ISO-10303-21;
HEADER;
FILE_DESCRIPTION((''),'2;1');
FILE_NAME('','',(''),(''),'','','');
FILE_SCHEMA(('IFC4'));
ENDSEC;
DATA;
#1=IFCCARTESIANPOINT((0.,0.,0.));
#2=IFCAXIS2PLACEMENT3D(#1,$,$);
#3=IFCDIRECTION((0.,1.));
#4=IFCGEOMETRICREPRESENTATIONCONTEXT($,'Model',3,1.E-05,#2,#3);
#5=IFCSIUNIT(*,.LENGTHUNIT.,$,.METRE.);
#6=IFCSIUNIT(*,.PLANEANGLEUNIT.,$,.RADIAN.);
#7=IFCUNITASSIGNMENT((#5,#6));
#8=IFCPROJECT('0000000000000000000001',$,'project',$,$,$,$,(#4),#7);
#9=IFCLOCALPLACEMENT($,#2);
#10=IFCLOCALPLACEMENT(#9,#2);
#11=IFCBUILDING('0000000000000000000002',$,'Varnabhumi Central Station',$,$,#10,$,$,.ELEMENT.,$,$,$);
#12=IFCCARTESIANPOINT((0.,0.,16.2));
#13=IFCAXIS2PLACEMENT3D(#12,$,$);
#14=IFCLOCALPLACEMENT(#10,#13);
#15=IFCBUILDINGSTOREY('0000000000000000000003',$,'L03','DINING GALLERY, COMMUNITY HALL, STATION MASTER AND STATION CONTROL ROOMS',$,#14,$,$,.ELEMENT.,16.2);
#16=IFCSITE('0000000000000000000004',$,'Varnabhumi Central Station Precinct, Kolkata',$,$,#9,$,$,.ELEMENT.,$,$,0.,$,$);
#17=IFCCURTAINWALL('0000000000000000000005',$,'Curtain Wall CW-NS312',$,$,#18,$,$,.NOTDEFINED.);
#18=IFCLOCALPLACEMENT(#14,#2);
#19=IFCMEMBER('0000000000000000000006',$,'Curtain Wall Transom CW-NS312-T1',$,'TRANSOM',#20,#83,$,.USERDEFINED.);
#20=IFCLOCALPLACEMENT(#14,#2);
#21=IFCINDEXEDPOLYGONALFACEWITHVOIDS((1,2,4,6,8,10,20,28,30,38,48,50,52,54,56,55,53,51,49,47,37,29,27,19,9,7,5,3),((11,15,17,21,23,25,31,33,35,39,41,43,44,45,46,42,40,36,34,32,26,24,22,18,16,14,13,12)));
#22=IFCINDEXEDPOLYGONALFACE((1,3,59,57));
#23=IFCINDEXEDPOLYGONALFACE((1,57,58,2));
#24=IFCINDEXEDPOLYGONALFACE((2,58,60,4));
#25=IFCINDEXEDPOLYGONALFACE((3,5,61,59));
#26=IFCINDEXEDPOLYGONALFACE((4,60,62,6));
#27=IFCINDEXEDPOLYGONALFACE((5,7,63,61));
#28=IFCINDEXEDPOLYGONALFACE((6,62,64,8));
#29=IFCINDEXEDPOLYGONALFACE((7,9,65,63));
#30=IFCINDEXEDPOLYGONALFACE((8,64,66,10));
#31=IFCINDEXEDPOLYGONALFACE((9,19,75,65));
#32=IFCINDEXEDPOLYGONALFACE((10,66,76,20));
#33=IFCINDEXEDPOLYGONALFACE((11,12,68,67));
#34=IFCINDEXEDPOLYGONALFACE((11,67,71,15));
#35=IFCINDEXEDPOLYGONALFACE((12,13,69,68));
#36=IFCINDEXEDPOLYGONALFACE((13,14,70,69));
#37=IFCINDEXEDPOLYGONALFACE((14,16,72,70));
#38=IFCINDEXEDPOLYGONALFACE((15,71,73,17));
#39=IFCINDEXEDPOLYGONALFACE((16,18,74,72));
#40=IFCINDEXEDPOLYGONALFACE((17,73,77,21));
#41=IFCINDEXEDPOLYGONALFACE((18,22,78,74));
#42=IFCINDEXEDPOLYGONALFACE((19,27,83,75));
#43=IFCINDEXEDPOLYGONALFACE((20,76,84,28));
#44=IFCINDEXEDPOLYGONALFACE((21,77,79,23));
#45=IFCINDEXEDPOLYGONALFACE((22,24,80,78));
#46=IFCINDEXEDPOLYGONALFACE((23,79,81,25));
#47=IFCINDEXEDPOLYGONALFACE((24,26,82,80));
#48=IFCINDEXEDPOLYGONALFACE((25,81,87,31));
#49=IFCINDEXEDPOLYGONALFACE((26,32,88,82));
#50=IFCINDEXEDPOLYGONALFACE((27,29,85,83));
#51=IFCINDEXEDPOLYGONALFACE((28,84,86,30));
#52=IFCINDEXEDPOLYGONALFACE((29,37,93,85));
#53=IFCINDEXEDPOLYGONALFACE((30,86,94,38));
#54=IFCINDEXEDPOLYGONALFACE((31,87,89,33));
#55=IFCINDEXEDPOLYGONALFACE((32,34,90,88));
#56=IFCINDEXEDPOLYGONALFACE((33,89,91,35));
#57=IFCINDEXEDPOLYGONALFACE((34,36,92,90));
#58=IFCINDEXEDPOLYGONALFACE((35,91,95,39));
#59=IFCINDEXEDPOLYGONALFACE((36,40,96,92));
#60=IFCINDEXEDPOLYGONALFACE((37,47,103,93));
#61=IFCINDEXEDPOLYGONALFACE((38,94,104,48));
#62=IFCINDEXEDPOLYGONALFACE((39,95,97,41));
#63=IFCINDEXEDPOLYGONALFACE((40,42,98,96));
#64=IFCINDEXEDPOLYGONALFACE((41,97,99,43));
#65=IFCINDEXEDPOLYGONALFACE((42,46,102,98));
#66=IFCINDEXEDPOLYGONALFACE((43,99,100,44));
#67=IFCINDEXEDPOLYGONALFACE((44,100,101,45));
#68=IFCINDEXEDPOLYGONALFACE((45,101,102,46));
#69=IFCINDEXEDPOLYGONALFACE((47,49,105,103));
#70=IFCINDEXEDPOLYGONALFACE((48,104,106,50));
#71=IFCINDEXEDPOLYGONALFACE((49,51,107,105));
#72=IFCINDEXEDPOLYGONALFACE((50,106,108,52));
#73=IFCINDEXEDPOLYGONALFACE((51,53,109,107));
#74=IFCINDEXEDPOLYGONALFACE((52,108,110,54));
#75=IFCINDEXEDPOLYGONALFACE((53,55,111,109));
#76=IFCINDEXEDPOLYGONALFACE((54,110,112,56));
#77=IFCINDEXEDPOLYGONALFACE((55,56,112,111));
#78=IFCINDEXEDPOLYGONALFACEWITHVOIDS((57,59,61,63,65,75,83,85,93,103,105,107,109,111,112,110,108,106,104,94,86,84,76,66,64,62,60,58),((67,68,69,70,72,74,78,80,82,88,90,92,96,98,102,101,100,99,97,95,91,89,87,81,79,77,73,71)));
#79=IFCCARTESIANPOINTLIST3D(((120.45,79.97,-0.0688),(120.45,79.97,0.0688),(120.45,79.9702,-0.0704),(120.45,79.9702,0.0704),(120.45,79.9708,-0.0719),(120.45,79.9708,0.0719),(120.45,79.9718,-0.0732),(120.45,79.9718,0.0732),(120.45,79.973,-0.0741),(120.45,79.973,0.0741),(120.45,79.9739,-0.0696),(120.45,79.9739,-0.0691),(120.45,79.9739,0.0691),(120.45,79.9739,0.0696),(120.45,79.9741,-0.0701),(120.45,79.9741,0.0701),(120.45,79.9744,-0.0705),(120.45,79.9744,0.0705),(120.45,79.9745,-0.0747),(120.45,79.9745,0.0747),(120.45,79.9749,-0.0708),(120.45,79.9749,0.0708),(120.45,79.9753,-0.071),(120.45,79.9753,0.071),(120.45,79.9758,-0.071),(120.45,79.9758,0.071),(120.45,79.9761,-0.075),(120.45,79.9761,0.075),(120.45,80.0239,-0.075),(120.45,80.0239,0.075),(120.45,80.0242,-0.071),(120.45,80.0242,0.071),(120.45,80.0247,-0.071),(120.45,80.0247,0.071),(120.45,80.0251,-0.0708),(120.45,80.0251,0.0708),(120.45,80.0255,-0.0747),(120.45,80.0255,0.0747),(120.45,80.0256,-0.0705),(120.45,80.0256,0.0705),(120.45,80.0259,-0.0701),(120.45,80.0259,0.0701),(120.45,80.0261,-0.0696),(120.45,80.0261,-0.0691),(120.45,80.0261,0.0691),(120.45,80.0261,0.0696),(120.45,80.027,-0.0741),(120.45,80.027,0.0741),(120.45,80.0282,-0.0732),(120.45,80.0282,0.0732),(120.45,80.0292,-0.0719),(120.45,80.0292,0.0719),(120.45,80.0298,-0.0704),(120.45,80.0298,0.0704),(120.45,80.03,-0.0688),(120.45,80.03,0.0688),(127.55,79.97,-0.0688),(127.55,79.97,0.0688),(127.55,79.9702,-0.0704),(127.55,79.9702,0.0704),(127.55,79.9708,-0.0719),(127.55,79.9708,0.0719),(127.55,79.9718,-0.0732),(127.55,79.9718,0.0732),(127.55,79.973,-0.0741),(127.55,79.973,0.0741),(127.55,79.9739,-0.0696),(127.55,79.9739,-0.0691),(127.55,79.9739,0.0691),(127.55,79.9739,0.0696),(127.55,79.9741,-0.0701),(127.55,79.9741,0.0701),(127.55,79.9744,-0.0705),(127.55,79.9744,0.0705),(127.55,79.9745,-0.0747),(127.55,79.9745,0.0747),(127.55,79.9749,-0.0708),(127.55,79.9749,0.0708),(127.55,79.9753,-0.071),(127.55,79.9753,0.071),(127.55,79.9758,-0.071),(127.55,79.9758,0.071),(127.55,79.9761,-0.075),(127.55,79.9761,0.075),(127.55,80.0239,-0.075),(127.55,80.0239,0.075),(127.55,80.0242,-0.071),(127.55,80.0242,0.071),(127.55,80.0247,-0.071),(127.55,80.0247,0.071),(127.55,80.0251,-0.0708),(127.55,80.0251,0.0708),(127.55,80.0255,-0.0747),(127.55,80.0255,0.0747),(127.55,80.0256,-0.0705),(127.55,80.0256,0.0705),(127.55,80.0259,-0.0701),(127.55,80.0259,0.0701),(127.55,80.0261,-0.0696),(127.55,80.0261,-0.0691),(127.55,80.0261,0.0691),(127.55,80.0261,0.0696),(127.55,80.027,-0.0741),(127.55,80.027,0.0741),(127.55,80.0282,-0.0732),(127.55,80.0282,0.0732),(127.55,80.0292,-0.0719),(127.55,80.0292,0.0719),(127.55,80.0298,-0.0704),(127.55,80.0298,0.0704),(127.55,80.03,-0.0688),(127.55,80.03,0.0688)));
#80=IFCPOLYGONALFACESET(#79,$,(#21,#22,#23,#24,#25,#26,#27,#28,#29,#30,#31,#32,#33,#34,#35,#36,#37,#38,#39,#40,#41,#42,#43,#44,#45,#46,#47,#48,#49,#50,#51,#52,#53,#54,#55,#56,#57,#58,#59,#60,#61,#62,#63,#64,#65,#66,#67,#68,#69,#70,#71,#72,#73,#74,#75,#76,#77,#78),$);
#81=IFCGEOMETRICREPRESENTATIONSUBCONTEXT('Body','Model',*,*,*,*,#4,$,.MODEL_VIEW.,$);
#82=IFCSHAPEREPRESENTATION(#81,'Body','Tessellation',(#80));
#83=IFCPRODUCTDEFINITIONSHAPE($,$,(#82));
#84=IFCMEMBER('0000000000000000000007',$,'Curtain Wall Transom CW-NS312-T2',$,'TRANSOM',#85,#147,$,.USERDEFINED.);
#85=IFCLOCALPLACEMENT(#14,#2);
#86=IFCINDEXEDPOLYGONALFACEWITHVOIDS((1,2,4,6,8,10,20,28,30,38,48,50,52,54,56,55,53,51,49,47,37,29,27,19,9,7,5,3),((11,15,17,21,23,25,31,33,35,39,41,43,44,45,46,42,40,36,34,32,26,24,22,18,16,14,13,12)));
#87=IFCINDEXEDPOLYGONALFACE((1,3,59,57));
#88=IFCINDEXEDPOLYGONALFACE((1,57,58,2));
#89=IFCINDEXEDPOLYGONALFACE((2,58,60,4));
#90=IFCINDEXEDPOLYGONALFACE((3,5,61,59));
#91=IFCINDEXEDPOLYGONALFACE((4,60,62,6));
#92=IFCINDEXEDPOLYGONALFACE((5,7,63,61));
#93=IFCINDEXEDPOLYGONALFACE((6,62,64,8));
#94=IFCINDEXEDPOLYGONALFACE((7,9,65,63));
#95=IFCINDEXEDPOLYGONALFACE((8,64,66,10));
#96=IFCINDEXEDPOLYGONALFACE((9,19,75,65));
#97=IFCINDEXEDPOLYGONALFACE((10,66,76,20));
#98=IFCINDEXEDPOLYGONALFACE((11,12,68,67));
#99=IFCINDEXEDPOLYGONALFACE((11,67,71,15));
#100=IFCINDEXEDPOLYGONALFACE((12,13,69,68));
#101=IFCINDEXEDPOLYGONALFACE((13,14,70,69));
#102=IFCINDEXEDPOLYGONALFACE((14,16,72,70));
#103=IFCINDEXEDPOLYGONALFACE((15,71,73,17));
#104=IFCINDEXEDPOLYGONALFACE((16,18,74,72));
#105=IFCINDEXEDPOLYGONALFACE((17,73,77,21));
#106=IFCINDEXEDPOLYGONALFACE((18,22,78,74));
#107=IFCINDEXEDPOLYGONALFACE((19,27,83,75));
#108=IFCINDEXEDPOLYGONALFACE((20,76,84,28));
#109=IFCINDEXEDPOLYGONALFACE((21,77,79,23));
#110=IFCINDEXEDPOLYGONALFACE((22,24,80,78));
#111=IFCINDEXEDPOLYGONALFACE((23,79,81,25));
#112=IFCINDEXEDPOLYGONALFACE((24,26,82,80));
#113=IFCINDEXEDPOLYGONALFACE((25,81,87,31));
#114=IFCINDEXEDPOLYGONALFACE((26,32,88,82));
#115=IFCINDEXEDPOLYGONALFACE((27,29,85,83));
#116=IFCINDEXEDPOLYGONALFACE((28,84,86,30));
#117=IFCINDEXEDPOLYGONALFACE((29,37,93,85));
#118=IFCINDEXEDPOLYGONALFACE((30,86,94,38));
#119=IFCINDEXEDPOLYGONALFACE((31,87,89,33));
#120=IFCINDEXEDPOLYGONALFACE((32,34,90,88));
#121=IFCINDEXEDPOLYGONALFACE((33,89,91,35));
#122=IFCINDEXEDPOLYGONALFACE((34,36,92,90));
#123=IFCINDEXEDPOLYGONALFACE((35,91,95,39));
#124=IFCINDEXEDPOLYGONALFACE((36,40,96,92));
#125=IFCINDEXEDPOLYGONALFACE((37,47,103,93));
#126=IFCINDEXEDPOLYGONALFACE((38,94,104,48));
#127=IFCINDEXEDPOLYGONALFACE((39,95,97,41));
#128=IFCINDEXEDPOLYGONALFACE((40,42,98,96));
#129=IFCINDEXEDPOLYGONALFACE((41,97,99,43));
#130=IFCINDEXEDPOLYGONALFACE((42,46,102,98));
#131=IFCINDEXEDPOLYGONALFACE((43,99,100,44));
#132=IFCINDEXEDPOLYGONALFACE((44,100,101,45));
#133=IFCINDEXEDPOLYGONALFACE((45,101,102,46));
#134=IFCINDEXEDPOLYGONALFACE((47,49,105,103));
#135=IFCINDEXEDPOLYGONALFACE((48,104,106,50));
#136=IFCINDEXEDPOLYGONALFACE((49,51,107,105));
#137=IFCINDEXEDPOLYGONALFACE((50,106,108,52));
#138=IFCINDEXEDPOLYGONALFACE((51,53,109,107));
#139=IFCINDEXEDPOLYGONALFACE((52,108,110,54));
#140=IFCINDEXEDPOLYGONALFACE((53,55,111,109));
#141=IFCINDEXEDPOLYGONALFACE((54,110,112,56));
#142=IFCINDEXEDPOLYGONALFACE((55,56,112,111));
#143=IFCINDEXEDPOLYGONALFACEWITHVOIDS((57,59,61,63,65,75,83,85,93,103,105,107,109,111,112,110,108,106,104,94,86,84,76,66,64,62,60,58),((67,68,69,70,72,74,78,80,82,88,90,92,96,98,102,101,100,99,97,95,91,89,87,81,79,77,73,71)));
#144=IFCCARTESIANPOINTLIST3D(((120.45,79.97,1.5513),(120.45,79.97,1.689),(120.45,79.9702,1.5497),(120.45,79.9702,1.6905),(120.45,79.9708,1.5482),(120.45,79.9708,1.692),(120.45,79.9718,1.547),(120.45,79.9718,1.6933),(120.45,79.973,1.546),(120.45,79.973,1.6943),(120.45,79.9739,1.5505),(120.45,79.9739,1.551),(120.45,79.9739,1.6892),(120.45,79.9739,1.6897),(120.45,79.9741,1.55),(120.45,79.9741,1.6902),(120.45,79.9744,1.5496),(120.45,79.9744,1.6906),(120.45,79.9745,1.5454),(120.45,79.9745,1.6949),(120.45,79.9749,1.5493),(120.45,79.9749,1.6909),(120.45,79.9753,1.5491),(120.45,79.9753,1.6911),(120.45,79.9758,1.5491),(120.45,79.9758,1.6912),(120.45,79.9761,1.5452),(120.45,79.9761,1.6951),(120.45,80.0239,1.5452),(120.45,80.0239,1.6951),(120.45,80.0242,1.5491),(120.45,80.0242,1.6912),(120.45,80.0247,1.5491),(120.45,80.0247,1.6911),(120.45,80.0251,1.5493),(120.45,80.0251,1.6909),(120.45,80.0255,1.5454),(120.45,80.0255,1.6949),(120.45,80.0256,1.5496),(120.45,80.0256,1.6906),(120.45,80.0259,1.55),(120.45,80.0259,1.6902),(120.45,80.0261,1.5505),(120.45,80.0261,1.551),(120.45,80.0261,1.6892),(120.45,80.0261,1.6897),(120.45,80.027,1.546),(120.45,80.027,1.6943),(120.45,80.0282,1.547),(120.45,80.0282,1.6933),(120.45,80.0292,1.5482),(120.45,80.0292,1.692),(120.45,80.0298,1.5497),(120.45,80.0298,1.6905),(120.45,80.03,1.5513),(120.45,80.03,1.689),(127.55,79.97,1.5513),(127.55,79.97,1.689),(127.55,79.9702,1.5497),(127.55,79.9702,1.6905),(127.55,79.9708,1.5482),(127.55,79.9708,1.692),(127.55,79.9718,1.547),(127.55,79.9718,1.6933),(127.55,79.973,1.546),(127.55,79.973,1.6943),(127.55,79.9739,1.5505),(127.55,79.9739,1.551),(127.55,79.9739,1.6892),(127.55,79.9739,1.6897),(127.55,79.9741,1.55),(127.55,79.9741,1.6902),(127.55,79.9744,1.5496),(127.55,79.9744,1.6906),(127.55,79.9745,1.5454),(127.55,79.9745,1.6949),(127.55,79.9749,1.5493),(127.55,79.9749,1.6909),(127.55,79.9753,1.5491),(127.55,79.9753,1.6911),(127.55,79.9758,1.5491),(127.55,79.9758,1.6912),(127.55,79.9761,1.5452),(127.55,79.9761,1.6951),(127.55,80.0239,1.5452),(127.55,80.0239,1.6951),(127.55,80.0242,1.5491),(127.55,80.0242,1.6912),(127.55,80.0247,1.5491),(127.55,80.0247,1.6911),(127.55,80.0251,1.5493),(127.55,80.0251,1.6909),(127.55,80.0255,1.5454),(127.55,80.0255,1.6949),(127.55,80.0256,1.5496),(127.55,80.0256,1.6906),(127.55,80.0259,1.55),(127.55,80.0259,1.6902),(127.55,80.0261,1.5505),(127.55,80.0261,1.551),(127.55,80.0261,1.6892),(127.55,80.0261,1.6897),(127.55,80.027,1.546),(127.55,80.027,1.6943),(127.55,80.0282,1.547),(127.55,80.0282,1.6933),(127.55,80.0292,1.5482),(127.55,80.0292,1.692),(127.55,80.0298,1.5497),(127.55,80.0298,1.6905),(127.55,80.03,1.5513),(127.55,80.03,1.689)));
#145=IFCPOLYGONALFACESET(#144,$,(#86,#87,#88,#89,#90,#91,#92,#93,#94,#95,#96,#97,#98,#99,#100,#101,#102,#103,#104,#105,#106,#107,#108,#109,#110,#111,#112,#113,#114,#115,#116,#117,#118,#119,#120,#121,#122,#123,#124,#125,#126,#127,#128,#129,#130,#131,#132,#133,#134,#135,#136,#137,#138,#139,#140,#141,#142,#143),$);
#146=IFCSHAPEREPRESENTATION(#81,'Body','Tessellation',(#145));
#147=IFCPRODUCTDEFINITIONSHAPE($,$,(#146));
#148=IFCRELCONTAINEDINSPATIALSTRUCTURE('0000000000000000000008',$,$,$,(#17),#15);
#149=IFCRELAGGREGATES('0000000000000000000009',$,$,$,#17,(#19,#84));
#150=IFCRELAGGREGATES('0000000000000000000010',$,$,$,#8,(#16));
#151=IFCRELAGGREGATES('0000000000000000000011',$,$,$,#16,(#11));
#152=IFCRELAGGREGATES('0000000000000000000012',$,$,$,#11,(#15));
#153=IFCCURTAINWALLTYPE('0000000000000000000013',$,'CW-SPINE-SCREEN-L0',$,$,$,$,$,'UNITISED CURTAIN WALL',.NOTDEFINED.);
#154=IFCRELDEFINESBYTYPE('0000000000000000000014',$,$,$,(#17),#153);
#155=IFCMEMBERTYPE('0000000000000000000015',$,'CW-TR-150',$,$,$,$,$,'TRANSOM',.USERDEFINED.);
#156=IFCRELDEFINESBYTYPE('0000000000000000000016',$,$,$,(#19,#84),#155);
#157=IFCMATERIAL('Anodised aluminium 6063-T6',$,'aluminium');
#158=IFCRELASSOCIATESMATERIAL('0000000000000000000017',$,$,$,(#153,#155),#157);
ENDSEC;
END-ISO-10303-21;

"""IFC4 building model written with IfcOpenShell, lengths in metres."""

from ifc_helpers import new_model, si_unit, direction, frame, origin, origin_2d, place, context, subcontext, project, spatial, hollow_rectangle, extrude, material, material_profile, profile_set, type_object, element, aggregate, save


model = new_model("IFC4")

# Units and contexts
model_context = context("Model", 3, precision=1e-05, world=origin(), true_north=direction((0.0, 1.0)))
body_context = subcontext(model_context, "Body", "Model", "MODEL_VIEW")
ifc_project = project(units=[si_unit("LENGTHUNIT", "METRE"), si_unit("PLANEANGLEUNIT", "RADIAN")], contexts=[model_context])

# Site, building, storey
site_placement = place(None, origin())
site = spatial("IfcSite", under=ifc_project, at=site_placement, Name="Varnabhumi Central Station Precinct, Kolkata", CompositionType="ELEMENT", RefElevation=0.0)
building_placement = place(site_placement, origin())
building = spatial("IfcBuilding", under=site, at=building_placement, Name="Varnabhumi Central Station", CompositionType="ELEMENT")
storey_placement = place(building_placement, frame((0.0, 0.0, 16.2)))
storey = spatial("IfcBuildingStorey", under=building, at=storey_placement, Name="L03", Description="DINING GALLERY, COMMUNITY HALL, STATION MASTER AND STATION CONTROL ROOMS", CompositionType="ELEMENT", Elevation=16.2)

# Shared definitions
ifc_material_1 = material(Name="Anodised aluminium 6063-T6", Category="aluminium")
curtain_wall_type_1 = type_object("IfcCurtainWallType", Name="CW-SPINE-SCREEN-L0", ElementType="UNITISED CURTAIN WALL", PredefinedType="NOTDEFINED", material=ifc_material_1)

# Curtain wall
curtain_wall_1_placement = place(storey_placement, origin())
curtain_wall_1 = element("IfcCurtainWall", 1, at=curtain_wall_1_placement, inside=storey, type_object=curtain_wall_type_1, Name="Curtain Wall CW-NS312", PredefinedType="NOTDEFINED")

# Members
ifc_material_profile_1 = material_profile(ifc_material_1, hollow_rectangle(XDim=0.0601, YDim=0.1499, WallThickness=0.0039, InnerFilletRadius=0.002, OuterFilletRadius=0.0061, at=origin_2d()), Name="Anodised aluminium 6063-T6", Category="aluminium")
ifc_profile_set_1 = profile_set([ifc_material_profile_1], Name="Anodised aluminium 6063-T6")
member_type_1 = type_object("IfcMemberType", Name="CW-TR-150", ElementType="TRANSOM", PredefinedType="USERDEFINED", material=ifc_profile_set_1)
member_1_placement = place(storey_placement, frame((120.45, 80.0, 0.0), z_axis=(1.0, 0.0, 0.0), x_axis=(0.0, 1.0, 0.0)))
member_1 = element("IfcMember", 2, at=member_1_placement, type_object=member_type_1, Name="Curtain Wall Transom CW-NS312-T1", ObjectType="TRANSOM", PredefinedType="USERDEFINED", context=body_context, shape_type="SweptSolid", body=[
    extrude(hollow_rectangle(XDim=0.0601, YDim=0.1499, WallThickness=0.0039, InnerFilletRadius=0.002, OuterFilletRadius=0.0061, at=origin_2d()), origin(), (0.0, 0.0, 1.0), 7.1001),
])
member_2_placement = place(storey_placement, frame((120.45, 80.0, 1.6201), z_axis=(1.0, 0.0, 0.0), x_axis=(0.0, 1.0, 0.0)))
member_2 = element("IfcMember", 3, at=member_2_placement, type_object=member_type_1, Name="Curtain Wall Transom CW-NS312-T2", ObjectType="TRANSOM", PredefinedType="USERDEFINED", context=body_context, shape_type="SweptSolid", body=[
    extrude(hollow_rectangle(XDim=0.0601, YDim=0.1499, WallThickness=0.0039, InnerFilletRadius=0.002, OuterFilletRadius=0.0061, at=origin_2d()), origin(), (0.0, 0.0, 1.0), 7.1001),
])

aggregate(curtain_wall_1, [member_1, member_2])

save(model, "model.ifc")
